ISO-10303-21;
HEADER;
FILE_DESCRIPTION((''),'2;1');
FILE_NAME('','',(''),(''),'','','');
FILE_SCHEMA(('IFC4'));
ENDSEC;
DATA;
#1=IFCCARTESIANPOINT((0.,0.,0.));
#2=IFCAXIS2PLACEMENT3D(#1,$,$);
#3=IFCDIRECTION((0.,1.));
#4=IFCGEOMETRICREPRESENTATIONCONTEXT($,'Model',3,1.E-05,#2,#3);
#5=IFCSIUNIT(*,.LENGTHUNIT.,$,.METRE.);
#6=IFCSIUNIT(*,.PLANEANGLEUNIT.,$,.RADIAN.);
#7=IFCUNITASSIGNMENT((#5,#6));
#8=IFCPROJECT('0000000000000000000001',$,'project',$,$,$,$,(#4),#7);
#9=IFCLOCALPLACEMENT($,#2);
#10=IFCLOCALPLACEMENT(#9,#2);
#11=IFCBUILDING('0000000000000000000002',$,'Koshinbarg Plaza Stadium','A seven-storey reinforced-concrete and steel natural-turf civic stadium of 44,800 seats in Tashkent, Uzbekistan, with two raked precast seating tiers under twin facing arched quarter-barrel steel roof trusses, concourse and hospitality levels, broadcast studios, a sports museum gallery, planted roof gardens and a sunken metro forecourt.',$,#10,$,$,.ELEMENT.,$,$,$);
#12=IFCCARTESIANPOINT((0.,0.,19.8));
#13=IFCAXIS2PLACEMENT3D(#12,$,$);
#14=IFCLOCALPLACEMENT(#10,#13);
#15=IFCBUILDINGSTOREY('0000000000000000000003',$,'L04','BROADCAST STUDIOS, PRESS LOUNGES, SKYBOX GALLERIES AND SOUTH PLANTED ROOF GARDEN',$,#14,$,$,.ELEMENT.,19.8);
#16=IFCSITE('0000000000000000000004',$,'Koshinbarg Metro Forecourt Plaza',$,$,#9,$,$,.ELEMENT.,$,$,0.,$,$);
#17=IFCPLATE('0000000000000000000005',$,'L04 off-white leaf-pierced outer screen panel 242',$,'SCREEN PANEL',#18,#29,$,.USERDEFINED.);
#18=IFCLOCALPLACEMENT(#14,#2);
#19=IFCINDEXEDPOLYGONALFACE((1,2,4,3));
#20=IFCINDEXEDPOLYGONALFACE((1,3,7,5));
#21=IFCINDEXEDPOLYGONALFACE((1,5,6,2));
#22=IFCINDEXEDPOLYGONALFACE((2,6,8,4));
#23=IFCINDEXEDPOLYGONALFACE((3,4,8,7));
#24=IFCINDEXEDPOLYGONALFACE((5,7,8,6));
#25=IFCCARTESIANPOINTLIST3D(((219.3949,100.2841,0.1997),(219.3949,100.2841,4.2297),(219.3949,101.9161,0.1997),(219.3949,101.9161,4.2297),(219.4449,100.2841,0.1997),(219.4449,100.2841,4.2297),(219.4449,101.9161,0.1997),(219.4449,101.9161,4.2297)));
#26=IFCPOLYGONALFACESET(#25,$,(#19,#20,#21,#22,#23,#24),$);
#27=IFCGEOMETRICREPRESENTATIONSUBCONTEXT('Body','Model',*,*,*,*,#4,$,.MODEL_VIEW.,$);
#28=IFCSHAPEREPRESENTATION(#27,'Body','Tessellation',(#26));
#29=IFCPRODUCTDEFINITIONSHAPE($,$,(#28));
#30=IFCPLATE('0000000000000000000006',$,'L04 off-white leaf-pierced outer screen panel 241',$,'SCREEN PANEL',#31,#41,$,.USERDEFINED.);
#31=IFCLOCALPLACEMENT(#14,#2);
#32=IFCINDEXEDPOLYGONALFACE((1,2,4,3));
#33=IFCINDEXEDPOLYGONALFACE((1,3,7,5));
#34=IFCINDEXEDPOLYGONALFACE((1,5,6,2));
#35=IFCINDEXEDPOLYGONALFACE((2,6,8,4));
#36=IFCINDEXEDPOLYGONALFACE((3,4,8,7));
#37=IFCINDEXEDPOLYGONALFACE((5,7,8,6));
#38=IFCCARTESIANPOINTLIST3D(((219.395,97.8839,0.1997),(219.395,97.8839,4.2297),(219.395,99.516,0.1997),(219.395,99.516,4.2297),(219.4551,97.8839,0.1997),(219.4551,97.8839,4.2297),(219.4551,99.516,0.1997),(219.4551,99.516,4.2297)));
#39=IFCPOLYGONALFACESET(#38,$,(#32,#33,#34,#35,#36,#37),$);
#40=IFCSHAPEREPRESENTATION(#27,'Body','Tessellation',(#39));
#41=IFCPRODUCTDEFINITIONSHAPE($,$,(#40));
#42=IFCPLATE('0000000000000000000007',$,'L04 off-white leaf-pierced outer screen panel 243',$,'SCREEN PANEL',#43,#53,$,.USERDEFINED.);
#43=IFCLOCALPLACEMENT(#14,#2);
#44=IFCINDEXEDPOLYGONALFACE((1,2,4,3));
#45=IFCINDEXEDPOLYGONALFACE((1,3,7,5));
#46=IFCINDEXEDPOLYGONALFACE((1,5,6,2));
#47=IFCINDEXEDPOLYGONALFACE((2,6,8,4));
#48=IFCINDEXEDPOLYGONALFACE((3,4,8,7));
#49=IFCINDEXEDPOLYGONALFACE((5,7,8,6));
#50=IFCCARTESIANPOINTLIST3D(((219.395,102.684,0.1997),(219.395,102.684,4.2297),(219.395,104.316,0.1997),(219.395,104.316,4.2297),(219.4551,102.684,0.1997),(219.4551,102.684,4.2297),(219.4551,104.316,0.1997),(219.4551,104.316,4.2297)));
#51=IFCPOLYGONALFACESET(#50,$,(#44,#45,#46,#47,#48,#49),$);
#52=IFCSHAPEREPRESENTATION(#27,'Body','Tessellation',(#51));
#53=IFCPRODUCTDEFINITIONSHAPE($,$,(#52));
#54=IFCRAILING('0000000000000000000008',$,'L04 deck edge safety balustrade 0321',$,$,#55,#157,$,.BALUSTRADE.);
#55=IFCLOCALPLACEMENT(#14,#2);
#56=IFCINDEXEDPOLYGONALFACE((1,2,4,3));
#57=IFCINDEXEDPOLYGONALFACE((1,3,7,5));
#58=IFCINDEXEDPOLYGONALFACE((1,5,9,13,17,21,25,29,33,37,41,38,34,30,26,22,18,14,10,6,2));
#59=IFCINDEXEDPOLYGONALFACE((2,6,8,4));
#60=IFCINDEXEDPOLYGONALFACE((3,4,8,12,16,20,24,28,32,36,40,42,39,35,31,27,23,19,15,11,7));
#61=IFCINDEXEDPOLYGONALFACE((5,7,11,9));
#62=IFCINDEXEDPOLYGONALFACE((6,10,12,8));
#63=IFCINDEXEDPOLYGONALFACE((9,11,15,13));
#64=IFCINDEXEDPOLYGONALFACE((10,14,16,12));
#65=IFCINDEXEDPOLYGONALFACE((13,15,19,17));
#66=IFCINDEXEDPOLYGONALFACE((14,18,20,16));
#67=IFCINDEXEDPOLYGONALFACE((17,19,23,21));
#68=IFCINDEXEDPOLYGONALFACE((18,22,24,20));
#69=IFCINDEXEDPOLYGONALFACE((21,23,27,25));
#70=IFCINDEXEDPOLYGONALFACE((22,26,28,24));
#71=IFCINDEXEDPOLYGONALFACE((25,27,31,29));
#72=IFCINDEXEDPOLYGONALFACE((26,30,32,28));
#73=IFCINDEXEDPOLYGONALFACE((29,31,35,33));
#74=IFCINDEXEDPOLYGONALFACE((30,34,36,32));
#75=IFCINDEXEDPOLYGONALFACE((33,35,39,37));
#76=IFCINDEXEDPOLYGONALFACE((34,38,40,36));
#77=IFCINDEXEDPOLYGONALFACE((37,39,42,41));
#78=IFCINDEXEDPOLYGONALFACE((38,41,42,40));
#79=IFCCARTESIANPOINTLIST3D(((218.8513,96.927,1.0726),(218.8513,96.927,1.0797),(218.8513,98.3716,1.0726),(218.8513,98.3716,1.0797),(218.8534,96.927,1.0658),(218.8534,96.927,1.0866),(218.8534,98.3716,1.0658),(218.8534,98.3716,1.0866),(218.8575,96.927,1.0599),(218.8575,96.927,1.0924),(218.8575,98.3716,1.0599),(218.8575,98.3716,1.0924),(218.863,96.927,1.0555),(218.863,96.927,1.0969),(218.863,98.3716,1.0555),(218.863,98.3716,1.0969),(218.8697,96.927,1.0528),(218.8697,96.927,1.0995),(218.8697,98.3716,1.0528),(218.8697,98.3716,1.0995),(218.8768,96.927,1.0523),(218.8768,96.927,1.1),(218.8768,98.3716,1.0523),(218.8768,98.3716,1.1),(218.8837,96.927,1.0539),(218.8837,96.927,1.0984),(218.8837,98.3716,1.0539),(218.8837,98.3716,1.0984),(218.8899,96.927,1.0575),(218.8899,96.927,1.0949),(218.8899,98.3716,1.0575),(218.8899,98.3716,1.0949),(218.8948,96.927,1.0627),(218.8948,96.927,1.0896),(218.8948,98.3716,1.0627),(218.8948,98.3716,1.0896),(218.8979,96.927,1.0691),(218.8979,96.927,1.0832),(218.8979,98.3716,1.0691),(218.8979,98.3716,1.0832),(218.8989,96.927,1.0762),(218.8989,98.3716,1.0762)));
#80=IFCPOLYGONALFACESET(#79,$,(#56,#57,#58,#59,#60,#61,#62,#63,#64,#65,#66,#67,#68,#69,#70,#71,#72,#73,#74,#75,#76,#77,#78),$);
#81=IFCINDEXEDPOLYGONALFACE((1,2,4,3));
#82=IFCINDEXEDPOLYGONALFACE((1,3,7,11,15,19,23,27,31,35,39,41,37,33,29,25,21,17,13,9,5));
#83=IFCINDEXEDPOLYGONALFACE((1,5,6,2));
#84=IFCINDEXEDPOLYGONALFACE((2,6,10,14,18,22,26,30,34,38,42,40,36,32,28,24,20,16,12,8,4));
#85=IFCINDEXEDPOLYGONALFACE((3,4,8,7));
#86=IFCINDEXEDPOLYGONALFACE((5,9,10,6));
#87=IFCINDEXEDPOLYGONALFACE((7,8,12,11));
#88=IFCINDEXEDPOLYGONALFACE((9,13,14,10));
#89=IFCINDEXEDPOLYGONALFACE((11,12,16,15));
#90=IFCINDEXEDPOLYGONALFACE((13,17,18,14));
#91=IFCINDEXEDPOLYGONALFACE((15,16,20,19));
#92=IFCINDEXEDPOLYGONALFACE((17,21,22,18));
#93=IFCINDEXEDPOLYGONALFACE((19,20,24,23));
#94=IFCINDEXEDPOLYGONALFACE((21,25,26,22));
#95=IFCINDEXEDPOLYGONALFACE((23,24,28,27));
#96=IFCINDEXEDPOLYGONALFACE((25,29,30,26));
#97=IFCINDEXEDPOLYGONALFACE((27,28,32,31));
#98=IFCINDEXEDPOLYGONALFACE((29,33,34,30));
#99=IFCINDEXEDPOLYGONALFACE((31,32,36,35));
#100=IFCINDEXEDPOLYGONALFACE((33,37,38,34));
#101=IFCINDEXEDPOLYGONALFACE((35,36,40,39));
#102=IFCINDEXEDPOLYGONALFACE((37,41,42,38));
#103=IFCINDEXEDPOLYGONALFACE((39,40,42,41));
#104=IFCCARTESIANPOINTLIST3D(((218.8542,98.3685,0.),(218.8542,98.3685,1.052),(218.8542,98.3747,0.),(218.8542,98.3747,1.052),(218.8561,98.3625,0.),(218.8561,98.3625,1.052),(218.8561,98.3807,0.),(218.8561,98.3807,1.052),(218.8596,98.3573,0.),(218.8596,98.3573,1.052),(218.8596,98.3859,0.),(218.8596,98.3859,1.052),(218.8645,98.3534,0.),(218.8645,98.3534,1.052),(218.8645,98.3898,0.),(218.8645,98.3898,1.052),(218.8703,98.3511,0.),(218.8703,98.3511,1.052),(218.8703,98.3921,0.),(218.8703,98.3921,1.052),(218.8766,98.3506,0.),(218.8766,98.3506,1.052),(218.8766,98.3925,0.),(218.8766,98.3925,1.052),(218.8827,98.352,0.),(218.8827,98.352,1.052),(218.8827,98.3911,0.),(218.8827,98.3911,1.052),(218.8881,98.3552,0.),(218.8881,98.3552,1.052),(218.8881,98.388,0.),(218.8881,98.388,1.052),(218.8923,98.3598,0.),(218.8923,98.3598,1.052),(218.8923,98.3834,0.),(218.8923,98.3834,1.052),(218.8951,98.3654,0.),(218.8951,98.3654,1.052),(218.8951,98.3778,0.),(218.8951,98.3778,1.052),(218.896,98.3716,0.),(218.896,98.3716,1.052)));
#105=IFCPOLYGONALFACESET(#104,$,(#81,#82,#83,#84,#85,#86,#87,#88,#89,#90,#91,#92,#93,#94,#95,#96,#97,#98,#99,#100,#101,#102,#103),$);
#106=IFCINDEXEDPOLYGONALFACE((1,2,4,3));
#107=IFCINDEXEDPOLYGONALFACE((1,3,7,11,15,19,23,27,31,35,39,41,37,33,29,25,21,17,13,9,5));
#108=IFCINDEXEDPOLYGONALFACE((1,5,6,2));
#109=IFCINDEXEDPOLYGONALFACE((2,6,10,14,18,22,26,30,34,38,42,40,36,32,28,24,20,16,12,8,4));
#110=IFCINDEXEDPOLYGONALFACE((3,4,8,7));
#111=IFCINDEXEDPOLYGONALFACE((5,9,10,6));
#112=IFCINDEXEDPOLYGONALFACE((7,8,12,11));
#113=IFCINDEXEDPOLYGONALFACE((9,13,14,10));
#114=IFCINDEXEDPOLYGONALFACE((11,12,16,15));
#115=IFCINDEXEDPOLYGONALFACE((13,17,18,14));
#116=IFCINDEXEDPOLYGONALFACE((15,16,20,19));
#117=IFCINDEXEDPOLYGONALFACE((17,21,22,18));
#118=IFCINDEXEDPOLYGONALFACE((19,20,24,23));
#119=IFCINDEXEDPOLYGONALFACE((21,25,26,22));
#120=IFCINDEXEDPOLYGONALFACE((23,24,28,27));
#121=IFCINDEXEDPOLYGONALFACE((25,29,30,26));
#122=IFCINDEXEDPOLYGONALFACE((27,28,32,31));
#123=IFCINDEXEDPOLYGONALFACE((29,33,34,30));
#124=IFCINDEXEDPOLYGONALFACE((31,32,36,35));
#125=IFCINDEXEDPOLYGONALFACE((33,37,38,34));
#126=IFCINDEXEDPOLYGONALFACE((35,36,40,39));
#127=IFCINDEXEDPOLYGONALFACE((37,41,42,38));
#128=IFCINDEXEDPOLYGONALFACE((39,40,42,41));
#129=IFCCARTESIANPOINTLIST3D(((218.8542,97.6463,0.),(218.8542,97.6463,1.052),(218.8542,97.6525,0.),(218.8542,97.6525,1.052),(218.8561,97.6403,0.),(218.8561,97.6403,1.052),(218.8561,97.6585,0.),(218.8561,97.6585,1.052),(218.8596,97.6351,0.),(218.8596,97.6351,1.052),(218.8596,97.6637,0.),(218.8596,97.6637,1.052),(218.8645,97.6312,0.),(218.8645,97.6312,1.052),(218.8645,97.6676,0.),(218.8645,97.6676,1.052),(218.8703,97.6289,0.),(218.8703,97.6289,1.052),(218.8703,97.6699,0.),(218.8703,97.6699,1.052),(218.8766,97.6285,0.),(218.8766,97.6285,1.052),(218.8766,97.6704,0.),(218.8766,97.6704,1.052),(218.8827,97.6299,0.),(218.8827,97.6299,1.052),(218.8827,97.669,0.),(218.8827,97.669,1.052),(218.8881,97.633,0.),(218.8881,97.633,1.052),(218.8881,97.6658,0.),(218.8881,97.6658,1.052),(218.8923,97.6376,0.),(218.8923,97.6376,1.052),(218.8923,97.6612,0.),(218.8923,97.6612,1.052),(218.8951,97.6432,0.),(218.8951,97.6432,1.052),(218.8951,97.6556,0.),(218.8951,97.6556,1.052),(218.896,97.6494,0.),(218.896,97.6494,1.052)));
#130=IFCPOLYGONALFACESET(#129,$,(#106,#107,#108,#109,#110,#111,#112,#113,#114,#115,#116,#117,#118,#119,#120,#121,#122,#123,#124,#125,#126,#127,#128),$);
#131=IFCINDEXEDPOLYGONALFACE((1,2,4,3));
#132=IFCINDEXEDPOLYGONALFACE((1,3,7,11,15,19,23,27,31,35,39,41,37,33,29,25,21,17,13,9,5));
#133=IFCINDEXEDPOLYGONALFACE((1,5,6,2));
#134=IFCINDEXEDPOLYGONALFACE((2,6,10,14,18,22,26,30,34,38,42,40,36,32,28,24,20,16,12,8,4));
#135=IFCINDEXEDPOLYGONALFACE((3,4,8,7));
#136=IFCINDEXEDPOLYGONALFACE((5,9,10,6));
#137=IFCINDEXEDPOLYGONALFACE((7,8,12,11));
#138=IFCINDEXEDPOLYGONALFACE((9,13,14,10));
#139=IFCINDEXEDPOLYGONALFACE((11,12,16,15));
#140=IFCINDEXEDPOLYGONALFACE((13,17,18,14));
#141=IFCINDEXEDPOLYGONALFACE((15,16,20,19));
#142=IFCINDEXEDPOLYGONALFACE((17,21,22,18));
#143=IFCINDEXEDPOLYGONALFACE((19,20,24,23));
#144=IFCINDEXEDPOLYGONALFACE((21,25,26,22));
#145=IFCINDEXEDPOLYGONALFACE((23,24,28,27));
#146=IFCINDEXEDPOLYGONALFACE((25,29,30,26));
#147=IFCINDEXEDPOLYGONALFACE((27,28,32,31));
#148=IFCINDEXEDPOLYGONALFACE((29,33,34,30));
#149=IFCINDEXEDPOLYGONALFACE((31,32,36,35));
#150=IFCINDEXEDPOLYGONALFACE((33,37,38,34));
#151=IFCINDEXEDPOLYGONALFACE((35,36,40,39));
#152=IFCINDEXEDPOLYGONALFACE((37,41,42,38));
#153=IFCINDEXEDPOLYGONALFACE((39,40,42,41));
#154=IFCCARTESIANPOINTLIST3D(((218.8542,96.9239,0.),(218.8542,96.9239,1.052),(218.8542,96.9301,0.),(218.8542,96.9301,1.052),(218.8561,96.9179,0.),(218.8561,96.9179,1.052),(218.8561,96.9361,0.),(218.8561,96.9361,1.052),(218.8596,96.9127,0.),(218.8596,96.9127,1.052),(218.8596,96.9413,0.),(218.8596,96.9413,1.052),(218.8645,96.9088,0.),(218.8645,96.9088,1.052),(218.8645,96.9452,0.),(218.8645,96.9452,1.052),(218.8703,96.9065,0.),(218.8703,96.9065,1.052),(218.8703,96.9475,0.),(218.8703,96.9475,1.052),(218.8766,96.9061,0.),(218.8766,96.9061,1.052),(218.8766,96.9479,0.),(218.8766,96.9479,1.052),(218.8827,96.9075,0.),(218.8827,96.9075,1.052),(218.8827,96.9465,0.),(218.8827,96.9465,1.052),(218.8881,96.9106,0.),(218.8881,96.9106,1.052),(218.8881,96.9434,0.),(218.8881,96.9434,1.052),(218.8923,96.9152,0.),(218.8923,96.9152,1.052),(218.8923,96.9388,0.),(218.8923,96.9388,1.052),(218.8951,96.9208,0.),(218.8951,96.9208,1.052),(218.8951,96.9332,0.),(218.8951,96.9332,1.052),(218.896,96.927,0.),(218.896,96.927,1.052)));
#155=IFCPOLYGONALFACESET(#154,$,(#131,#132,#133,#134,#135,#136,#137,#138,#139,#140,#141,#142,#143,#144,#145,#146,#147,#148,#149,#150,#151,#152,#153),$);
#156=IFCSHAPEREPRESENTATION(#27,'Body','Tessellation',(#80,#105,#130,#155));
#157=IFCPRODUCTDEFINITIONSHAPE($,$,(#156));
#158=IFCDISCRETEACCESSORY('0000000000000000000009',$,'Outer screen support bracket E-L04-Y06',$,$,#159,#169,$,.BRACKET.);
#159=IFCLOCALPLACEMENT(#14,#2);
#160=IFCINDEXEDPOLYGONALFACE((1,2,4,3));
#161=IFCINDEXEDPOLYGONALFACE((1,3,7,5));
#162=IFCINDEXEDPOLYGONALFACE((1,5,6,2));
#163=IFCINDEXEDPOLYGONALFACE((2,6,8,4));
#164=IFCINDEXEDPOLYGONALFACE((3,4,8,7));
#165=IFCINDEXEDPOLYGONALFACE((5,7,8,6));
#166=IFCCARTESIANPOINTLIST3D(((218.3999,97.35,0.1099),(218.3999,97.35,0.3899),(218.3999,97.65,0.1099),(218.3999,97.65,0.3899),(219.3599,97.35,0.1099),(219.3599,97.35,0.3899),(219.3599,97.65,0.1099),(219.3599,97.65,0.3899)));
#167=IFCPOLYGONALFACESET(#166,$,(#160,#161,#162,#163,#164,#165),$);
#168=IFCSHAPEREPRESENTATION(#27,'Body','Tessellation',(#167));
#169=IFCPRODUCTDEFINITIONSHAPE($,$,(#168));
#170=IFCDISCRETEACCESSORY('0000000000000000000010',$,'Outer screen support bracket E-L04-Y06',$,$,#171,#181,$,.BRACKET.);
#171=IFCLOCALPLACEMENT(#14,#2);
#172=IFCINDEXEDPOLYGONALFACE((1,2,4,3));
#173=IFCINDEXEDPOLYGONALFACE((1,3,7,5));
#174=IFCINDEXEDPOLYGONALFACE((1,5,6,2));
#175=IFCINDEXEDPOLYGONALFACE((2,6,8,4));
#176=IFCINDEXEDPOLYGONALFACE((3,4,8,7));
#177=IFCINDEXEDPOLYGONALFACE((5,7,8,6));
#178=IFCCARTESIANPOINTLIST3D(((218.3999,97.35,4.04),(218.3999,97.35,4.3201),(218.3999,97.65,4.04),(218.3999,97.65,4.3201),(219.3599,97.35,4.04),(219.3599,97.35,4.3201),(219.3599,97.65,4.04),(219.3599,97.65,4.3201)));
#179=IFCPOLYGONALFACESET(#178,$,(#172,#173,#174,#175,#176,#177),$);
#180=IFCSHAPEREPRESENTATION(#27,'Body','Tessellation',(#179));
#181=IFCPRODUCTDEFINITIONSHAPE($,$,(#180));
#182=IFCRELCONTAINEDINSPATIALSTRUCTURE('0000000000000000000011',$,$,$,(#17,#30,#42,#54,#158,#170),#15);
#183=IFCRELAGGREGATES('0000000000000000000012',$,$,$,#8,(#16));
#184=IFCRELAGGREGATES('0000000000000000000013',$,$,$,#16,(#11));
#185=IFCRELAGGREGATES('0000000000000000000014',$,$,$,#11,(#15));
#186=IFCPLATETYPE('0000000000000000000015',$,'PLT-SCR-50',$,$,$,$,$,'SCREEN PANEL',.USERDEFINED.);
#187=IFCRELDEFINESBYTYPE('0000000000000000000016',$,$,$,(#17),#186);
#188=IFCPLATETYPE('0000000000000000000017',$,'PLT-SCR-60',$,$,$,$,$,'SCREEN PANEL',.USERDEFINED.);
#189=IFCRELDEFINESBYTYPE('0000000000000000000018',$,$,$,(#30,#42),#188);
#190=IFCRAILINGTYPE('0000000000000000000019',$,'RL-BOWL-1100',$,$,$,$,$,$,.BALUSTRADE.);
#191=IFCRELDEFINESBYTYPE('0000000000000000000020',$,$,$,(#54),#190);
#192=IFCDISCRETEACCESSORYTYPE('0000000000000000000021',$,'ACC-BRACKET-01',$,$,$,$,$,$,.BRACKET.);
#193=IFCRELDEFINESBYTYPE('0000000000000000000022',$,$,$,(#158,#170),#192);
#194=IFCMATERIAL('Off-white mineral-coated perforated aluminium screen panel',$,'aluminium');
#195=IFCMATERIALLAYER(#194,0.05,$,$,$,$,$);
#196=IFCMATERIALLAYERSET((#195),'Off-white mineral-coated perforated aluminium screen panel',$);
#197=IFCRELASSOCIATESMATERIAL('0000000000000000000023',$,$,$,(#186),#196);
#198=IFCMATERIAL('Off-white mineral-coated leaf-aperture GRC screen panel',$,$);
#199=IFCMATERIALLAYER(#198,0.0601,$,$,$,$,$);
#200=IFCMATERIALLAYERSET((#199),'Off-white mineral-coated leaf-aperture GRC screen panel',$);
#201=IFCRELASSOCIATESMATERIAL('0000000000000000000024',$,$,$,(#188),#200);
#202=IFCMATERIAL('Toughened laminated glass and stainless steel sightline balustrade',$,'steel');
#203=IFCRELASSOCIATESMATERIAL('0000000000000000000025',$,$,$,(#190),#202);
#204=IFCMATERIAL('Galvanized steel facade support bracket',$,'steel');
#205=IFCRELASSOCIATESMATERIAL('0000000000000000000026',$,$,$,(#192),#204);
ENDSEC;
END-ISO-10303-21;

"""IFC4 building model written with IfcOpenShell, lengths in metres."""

from ifc_helpers import new_model, si_unit, direction, frame, origin, origin_2d, place, context, subcontext, project, spatial, rectangle, circle, extrude, material, layer, layer_set, type_object, element, save


model = new_model("IFC4")

# Units and contexts
model_context = context("Model", 3, precision=1e-05, world=origin(), true_north=direction((0.0, 1.0)))
body_context = subcontext(model_context, "Body", "Model", "MODEL_VIEW")
ifc_project = project(units=[si_unit("LENGTHUNIT", "METRE"), si_unit("PLANEANGLEUNIT", "RADIAN")], contexts=[model_context])

# Site, building, storey
site_placement = place(None, origin())
site = spatial("IfcSite", under=ifc_project, at=site_placement, Name="Koshinbarg Metro Forecourt Plaza", CompositionType="ELEMENT", RefElevation=0.0)
building_placement = place(site_placement, origin())
building = spatial("IfcBuilding", under=site, at=building_placement, Name="Koshinbarg Plaza Stadium", Description="A seven-storey reinforced-concrete and steel natural-turf civic stadium of 44,800 seats in Tashkent, Uzbekistan, with two raked precast seating tiers under twin facing arched quarter-barrel steel roof trusses, concourse and hospitality levels, broadcast studios, a sports museum gallery, planted roof gardens and a sunken metro forecourt.", CompositionType="ELEMENT")
storey_placement = place(building_placement, frame((0.0, 0.0, 19.8)))
storey = spatial("IfcBuildingStorey", under=building, at=storey_placement, Name="L04", Description="BROADCAST STUDIOS, PRESS LOUNGES, SKYBOX GALLERIES AND SOUTH PLANTED ROOF GARDEN", CompositionType="ELEMENT", Elevation=19.8)

# Plates
ifc_material_1 = material(Name="Off-white mineral-coated perforated aluminium screen panel", Category="aluminium")
ifc_layer_1 = layer(ifc_material_1, 0.05)
ifc_layer_set_1 = layer_set([ifc_layer_1], Name="Off-white mineral-coated perforated aluminium screen panel")
plate_type_1 = type_object("IfcPlateType", Name="PLT-SCR-50", ElementType="SCREEN PANEL", PredefinedType="USERDEFINED", material=ifc_layer_set_1)
plate_1_placement = place(storey_placement, frame((219.4199, 101.1001, 0.1997), z_axis=(0.0, 0.0, 1.0), x_axis=(1.0, 0.0, 0.0)))
element("IfcPlate", 1, at=plate_1_placement, inside=storey, type_object=plate_type_1, Name="L04 off-white leaf-pierced outer screen panel 242", ObjectType="SCREEN PANEL", PredefinedType="USERDEFINED", context=body_context, shape_type="SweptSolid", body=[
    extrude(rectangle(XDim=0.05, YDim=1.6321, at=origin_2d()), origin(), (0.0, 0.0, 1.0), 4.03),
])
ifc_material_2 = material(Name="Off-white mineral-coated leaf-aperture GRC screen panel")
ifc_layer_2 = layer(ifc_material_2, 0.0601)
ifc_layer_set_2 = layer_set([ifc_layer_2], Name="Off-white mineral-coated leaf-aperture GRC screen panel")
plate_type_2 = type_object("IfcPlateType", Name="PLT-SCR-60", ElementType="SCREEN PANEL", PredefinedType="USERDEFINED", material=ifc_layer_set_2)
for number, where, z_axis, x_axis, name in (
    (2, (219.425, 98.7, 0.1997), (0.0, 0.0, 1.0), (1.0, 0.0, 0.0), "L04 off-white leaf-pierced outer screen panel 241"),
    (3, (219.425, 103.5, 0.1997), (0.0, 0.0, 1.0), (1.0, 0.0, 0.0), "L04 off-white leaf-pierced outer screen panel 243"),
):
    element("IfcPlate", number, at=place(storey_placement, frame(where, z_axis=z_axis, x_axis=x_axis)), inside=storey, type_object=plate_type_2, Name=name, ObjectType="SCREEN PANEL", PredefinedType="USERDEFINED", context=body_context, shape_type="SweptSolid", body=[
        extrude(rectangle(XDim=0.0601, YDim=1.6321, at=origin_2d()), origin(), (0.0, 0.0, 1.0), 4.03),
    ])

# Railing
ifc_material_3 = material(Name="Toughened laminated glass and stainless steel sightline balustrade", Category="steel")
railing_type = type_object("IfcRailingType", Name="RL-BOWL-1100", PredefinedType="BALUSTRADE", material=ifc_material_3)
railing_placement = place(storey_placement, frame((218.875, 98.3716, 0.0)))
element("IfcRailing", 4, at=railing_placement, inside=storey, type_object=railing_type, Name="L04 deck edge safety balustrade 0321", PredefinedType="BALUSTRADE", context=body_context, shape_type="SweptSolid", body=[
    extrude(circle(Radius=0.0239, at=origin_2d()), frame((0.0, 0.0, 1.0762), z_axis=(0.0, -1.0, 0.0), x_axis=(1.0, 0.0, 0.0)), (0.0, 0.0, 1.0), 1.4446),
    extrude(circle(Radius=0.021, at=origin_2d()), origin(), (0.0, 0.0, 1.0), 1.052),
    extrude(circle(Radius=0.021, at=origin_2d()), frame((0.0, -0.7222, 0.0)), (0.0, 0.0, 1.0), 1.052),
    extrude(circle(Radius=0.021, at=origin_2d()), frame((0.0, -1.4446, 0.0)), (0.0, 0.0, 1.0), 1.052),
])

# Discrete accessories
ifc_material_4 = material(Name="Galvanized steel facade support bracket", Category="steel")
discrete_accessory_type = type_object("IfcDiscreteAccessoryType", Name="ACC-BRACKET-01", PredefinedType="BRACKET", material=ifc_material_4)
for number, where, z_axis, x_axis, name in (
    (5, (218.8799, 97.5, 0.1099), (0.0, 0.0, 1.0), (1.0, 0.0, 0.0), "Outer screen support bracket E-L04-Y06"),
    (6, (218.8799, 97.5, 4.04), (0.0, 0.0, 1.0), (1.0, 0.0, 0.0), "Outer screen support bracket E-L04-Y06"),
):
    element("IfcDiscreteAccessory", number, at=place(storey_placement, frame(where, z_axis=z_axis, x_axis=x_axis)), inside=storey, type_object=discrete_accessory_type, Name=name, PredefinedType="BRACKET", context=body_context, shape_type="SweptSolid", body=[
        extrude(rectangle(XDim=0.96, YDim=0.3, at=origin_2d()), origin(), (0.0, 0.0, 1.0), 0.28),
    ])

save(model, "model.ifc")
